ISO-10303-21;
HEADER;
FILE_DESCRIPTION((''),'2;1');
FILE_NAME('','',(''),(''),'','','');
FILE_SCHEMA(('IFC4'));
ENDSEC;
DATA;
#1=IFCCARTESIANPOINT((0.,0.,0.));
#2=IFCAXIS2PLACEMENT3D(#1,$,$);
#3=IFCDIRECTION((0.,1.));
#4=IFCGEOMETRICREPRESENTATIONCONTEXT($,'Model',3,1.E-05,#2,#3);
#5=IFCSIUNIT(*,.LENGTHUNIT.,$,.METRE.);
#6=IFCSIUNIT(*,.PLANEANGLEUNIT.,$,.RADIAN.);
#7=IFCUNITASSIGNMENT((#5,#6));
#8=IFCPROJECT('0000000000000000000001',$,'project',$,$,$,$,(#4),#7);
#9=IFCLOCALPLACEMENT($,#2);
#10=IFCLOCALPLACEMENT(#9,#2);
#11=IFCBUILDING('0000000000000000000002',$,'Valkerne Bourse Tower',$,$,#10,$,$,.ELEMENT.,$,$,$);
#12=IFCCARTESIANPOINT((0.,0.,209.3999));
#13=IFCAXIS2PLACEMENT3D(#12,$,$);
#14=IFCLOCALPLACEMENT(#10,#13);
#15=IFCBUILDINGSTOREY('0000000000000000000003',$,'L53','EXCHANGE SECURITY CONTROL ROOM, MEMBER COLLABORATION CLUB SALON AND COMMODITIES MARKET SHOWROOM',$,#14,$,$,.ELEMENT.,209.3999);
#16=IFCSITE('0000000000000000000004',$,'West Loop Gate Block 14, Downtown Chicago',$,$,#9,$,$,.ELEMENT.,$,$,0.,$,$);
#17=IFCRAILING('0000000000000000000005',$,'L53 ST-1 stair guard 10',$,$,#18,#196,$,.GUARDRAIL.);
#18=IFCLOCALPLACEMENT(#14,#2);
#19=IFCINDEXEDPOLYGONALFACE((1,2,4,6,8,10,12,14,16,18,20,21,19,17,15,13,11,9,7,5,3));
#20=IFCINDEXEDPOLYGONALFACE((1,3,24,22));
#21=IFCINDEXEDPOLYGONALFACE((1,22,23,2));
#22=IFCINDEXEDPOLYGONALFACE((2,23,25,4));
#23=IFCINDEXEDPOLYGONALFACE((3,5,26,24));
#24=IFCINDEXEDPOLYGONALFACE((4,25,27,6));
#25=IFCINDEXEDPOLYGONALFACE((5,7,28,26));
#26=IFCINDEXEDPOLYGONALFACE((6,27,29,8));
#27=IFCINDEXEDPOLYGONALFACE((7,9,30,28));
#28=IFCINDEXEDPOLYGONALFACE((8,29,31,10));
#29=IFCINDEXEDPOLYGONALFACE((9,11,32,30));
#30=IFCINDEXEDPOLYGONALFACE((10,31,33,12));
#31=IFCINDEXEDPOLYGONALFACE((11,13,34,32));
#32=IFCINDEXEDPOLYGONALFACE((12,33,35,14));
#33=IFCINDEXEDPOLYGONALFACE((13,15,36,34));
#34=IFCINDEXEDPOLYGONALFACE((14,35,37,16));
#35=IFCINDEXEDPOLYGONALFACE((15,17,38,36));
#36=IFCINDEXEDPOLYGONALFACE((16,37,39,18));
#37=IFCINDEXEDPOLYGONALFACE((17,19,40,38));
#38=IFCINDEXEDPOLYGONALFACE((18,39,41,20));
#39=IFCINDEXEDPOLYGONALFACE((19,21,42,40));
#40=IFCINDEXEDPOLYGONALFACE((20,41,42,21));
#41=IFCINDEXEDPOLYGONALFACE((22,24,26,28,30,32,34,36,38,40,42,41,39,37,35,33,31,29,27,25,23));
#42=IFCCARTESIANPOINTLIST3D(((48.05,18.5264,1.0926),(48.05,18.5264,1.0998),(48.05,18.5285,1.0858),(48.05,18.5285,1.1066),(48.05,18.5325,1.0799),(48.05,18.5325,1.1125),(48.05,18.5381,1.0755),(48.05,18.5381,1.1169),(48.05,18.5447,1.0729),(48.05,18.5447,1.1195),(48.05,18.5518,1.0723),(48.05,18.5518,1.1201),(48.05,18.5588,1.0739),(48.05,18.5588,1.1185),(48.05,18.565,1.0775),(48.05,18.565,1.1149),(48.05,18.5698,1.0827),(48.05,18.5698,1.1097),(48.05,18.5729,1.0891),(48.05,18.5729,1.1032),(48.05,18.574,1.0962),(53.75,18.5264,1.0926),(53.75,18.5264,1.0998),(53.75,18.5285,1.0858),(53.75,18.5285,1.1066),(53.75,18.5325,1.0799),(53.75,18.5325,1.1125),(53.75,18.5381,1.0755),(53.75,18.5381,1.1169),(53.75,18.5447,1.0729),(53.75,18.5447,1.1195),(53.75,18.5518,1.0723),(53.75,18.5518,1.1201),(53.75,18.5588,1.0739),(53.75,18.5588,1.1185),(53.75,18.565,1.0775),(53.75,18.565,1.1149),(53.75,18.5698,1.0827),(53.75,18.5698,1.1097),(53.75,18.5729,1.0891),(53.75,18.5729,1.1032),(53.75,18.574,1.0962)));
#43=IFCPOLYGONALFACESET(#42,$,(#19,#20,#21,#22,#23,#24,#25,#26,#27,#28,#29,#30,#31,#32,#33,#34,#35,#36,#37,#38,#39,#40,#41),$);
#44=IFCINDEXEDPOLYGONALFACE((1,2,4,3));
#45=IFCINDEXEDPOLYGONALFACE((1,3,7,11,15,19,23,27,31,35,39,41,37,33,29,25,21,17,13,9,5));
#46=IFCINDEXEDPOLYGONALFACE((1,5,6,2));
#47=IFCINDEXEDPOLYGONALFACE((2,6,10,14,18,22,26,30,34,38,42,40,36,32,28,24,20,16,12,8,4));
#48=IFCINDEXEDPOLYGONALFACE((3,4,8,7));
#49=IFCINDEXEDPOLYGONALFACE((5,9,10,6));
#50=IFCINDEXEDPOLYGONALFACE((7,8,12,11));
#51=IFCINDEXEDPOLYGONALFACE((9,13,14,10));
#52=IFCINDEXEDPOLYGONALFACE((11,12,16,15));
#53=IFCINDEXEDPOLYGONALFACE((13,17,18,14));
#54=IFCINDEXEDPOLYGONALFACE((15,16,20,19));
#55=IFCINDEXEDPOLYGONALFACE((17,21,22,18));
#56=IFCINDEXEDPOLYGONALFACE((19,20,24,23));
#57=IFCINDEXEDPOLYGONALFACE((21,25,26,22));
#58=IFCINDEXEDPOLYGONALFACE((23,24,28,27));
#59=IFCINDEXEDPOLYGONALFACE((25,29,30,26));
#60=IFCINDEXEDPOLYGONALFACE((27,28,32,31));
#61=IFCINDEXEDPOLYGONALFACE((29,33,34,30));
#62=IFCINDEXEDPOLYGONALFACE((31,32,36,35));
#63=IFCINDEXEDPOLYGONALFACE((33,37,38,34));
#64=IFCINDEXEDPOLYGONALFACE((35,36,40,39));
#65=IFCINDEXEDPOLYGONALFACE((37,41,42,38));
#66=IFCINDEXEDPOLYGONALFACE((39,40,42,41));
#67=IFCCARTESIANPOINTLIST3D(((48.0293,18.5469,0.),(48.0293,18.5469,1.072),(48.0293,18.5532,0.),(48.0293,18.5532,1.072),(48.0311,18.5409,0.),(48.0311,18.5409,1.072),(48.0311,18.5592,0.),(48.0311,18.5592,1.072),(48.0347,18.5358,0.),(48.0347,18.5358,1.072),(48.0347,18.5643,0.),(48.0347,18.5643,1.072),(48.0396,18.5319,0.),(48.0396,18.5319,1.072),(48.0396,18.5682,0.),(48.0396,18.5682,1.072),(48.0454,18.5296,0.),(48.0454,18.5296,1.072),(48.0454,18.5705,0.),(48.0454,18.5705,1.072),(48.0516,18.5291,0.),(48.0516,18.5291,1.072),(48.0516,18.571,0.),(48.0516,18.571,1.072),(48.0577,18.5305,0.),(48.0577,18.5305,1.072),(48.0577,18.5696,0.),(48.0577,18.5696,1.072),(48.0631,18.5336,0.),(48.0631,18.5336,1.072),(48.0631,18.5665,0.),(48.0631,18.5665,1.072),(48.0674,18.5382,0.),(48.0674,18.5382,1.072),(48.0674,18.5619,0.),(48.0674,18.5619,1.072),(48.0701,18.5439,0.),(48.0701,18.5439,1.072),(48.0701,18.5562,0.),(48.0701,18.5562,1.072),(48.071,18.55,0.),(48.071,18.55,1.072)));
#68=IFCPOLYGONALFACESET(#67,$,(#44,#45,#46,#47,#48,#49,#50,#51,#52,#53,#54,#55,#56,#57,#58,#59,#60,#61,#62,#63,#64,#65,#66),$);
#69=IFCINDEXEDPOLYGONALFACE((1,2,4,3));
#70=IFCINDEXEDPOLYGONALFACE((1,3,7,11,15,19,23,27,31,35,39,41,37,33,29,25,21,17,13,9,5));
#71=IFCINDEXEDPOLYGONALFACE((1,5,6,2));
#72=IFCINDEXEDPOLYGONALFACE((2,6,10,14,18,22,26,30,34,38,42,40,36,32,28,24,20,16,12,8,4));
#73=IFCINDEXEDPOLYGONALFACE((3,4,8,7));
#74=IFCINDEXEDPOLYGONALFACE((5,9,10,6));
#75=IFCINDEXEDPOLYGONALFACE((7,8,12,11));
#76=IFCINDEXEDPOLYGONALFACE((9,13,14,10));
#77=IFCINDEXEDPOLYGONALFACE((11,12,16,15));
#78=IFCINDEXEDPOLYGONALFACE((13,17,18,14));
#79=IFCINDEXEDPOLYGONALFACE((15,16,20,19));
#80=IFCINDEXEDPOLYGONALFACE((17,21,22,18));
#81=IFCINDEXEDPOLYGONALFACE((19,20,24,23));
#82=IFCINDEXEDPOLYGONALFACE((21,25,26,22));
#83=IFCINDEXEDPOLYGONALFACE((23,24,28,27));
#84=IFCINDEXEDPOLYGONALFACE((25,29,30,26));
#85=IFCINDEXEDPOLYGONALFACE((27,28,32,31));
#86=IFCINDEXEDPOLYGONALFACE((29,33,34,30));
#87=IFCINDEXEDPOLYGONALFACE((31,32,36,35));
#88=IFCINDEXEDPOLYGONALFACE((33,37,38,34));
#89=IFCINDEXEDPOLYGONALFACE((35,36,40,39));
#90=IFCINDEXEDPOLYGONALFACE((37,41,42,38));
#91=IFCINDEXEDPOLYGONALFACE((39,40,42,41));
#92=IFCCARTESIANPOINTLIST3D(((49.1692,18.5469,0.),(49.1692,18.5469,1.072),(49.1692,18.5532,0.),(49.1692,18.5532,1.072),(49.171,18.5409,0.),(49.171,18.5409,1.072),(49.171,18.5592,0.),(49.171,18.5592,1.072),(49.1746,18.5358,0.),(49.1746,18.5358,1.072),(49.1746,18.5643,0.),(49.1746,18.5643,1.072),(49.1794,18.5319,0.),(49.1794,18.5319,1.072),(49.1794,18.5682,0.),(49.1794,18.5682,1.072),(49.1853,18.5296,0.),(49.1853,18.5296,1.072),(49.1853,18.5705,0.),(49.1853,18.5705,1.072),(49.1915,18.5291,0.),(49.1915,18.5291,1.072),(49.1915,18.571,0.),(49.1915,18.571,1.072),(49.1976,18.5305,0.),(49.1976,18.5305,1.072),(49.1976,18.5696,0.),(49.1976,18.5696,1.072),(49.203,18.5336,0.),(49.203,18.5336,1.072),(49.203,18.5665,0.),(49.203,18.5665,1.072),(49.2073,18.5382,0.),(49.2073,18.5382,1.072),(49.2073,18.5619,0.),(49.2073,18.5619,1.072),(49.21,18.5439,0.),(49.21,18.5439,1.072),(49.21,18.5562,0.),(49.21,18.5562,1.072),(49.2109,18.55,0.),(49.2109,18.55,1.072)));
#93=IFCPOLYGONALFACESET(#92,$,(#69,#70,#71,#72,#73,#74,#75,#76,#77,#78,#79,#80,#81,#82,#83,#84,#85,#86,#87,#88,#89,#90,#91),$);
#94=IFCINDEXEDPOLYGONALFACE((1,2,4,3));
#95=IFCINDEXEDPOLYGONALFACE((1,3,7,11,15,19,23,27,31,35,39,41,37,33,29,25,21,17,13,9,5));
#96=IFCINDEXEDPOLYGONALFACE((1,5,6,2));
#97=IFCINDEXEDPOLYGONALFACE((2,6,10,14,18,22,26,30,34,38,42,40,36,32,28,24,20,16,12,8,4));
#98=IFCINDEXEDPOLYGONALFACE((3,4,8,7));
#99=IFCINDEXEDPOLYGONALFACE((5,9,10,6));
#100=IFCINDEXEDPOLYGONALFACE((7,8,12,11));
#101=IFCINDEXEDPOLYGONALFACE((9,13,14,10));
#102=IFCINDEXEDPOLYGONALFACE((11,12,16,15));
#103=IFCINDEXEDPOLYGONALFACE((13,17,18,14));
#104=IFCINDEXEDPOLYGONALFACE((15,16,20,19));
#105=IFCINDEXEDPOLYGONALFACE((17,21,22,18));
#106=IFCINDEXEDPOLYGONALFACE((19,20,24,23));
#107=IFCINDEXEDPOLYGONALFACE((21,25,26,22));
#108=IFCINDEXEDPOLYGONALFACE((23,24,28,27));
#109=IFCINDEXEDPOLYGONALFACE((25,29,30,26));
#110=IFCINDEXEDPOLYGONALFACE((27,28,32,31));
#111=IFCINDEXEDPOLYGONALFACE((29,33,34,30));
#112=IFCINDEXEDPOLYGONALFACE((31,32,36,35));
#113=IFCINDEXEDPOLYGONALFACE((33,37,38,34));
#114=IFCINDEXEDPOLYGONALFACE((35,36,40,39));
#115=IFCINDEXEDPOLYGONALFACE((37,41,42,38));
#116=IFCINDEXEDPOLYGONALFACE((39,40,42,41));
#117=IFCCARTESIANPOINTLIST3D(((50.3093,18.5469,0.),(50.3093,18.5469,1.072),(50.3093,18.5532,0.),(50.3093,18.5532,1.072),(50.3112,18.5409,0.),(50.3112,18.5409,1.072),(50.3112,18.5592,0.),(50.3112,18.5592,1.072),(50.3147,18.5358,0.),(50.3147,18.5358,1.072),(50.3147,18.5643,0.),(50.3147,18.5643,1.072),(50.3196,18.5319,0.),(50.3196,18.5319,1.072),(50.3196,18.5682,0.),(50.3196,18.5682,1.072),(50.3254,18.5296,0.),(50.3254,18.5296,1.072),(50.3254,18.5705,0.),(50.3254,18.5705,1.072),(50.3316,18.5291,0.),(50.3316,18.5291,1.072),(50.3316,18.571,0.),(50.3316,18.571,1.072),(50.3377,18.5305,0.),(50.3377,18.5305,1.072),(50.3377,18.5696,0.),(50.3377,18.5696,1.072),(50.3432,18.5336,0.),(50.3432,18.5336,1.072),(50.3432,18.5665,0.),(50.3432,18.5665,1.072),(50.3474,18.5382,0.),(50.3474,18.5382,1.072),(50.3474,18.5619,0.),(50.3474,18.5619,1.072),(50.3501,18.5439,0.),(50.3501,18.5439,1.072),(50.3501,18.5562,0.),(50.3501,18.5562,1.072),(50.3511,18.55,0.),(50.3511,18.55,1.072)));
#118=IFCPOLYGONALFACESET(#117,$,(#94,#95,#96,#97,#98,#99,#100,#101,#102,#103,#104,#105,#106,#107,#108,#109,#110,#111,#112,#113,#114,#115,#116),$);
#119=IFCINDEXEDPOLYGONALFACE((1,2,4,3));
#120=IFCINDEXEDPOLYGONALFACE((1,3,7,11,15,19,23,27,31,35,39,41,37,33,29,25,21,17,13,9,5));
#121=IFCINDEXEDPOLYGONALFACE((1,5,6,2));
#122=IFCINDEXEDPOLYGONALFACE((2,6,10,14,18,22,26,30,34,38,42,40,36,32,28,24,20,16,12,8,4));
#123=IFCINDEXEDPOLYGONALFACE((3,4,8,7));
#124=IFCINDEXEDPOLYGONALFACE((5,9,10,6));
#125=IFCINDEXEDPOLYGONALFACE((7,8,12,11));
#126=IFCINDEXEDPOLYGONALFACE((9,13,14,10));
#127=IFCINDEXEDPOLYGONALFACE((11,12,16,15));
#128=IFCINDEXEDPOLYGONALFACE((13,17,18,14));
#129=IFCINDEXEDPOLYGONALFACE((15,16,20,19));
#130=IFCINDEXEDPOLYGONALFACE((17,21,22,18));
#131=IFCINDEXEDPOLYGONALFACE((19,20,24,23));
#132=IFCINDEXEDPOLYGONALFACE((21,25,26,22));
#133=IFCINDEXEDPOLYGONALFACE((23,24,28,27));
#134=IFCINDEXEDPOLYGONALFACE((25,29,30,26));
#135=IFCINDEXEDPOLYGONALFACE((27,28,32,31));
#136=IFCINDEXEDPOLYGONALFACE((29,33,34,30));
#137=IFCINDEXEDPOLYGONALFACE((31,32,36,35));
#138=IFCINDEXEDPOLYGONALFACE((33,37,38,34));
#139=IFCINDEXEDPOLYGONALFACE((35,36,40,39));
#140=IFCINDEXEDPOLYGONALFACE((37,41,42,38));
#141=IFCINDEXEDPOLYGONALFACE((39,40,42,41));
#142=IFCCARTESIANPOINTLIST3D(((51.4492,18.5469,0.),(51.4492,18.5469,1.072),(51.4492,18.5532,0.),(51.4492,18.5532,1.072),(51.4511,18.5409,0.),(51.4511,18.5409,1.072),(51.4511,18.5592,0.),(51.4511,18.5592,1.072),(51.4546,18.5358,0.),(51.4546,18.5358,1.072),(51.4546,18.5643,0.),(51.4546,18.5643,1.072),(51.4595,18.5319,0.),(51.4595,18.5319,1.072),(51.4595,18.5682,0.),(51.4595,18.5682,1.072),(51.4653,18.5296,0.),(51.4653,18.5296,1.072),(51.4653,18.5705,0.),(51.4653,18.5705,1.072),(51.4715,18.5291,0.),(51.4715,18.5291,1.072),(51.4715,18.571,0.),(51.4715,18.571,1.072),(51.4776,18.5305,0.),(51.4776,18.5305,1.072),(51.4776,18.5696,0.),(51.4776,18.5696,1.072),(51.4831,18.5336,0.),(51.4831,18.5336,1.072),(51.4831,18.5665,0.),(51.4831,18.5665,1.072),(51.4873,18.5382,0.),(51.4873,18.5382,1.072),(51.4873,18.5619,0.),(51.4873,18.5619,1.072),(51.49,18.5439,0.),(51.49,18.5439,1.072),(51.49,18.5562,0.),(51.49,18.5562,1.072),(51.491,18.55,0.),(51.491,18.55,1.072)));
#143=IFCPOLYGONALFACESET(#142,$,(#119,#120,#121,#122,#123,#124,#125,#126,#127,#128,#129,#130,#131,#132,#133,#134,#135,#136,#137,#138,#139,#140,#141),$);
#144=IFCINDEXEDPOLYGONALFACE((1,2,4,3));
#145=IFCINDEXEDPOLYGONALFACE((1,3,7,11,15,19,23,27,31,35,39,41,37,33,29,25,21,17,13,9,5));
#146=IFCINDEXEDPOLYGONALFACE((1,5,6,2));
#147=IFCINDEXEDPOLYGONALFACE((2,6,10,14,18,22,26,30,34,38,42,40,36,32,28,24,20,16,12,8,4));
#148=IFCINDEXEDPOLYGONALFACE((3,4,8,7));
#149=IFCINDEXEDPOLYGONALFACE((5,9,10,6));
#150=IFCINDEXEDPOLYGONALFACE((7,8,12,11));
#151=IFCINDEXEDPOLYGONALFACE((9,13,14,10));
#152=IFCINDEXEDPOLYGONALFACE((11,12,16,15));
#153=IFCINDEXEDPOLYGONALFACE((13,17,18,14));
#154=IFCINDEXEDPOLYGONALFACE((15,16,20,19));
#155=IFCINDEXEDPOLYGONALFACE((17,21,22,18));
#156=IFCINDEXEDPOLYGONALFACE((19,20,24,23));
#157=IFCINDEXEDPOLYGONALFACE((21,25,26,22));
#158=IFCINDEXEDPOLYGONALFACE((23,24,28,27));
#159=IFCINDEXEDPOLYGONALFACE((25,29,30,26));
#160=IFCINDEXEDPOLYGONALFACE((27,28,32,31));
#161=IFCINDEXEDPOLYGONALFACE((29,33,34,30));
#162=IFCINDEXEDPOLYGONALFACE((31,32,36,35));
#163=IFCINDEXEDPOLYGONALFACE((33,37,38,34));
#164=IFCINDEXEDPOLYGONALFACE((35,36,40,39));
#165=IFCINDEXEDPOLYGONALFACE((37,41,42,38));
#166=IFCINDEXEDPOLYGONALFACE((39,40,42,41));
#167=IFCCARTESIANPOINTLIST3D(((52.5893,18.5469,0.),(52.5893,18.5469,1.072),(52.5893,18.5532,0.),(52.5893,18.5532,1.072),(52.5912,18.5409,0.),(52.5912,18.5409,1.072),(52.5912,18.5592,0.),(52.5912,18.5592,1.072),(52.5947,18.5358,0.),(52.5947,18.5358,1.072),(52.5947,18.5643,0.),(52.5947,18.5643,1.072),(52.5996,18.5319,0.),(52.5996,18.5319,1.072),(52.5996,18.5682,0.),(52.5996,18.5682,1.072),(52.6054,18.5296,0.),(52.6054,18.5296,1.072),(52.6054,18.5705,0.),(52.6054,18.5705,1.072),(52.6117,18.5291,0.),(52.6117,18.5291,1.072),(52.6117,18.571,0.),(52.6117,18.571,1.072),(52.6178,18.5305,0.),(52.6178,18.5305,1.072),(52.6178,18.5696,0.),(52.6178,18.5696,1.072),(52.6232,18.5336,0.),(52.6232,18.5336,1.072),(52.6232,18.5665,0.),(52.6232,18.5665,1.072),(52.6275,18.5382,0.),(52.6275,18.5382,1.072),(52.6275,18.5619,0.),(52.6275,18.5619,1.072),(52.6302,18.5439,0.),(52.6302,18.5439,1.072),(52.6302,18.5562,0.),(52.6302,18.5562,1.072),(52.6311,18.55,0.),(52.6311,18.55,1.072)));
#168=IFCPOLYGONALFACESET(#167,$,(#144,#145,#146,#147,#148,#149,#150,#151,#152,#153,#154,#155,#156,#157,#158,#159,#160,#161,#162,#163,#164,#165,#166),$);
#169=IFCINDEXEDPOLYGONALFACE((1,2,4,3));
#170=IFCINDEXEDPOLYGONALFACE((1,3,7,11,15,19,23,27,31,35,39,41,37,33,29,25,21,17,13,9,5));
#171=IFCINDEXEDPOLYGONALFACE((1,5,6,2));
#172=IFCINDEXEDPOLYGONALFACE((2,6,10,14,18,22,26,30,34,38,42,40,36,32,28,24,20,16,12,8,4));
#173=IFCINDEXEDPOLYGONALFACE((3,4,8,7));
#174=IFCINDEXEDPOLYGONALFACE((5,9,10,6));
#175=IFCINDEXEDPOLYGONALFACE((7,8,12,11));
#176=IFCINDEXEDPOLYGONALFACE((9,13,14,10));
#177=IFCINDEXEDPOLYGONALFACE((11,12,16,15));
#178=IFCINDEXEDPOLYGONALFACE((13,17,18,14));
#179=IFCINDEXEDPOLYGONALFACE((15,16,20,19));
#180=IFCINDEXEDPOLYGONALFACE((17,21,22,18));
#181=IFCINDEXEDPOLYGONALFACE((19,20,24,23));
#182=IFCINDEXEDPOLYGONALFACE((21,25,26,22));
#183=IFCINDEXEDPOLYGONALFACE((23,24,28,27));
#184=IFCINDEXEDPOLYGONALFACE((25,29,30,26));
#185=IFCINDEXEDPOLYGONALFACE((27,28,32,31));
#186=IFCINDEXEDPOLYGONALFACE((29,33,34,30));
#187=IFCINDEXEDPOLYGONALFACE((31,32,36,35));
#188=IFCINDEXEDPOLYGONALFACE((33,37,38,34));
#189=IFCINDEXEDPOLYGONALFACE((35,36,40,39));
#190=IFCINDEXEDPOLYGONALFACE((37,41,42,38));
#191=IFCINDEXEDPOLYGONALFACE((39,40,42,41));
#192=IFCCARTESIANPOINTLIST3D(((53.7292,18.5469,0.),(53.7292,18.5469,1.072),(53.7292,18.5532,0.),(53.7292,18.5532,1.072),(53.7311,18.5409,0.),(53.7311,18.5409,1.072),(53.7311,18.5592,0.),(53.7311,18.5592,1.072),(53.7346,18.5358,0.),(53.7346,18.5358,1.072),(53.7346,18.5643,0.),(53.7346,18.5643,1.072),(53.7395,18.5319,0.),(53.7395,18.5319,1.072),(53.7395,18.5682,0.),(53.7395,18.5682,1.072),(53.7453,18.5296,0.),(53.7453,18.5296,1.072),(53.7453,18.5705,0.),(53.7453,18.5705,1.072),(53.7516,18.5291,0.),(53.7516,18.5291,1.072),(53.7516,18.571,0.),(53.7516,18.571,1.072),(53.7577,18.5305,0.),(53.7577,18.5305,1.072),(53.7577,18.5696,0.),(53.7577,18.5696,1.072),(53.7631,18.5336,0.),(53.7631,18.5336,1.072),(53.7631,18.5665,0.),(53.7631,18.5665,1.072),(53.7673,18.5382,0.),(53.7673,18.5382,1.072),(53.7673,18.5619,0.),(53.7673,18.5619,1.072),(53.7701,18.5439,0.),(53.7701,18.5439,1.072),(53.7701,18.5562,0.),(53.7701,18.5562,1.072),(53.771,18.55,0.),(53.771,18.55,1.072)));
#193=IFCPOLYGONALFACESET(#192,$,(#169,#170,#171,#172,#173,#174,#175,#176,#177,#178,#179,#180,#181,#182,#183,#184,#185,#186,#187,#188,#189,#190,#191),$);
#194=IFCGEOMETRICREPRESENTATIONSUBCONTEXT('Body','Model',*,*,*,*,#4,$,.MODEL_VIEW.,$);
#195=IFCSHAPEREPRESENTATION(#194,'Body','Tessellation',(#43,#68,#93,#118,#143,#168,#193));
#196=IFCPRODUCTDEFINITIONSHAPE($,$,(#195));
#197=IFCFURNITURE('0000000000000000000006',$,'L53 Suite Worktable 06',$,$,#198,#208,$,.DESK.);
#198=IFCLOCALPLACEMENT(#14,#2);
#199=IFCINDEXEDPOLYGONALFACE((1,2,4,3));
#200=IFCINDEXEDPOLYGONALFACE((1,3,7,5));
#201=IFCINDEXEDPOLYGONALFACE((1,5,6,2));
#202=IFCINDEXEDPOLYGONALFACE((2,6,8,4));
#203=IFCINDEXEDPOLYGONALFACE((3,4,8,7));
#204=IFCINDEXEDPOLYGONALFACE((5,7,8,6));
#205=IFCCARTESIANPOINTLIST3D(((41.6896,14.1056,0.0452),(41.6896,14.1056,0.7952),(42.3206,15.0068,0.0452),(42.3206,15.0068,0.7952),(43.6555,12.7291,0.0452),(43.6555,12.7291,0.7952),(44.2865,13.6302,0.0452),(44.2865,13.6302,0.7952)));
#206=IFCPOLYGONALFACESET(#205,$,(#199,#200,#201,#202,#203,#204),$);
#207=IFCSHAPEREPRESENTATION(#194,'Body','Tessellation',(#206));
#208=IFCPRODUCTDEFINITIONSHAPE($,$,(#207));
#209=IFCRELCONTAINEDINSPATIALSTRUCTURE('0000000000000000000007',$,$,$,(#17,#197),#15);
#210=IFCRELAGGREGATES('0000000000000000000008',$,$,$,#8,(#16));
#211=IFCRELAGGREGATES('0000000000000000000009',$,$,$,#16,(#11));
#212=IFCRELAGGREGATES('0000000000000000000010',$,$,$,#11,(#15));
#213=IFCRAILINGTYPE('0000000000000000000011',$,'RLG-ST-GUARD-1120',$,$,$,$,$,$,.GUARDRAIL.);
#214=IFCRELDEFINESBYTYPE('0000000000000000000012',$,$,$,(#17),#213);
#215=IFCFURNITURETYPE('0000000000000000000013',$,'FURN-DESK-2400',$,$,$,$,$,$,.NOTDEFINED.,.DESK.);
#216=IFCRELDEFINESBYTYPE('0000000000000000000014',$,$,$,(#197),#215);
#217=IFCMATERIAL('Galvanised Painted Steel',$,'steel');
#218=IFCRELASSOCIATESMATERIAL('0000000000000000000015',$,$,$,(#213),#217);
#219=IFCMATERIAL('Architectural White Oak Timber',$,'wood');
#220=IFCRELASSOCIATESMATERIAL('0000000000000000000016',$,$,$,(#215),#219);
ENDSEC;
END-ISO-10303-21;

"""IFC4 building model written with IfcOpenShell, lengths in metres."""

from ifc_helpers import new_model, si_unit, direction, frame, origin, origin_2d, place, context, subcontext, project, spatial, rectangle, circle, extrude, material, type_object, element, save


model = new_model("IFC4")

# Units and contexts
model_context = context("Model", 3, precision=1e-05, world=origin(), true_north=direction((0.0, 1.0)))
body_context = subcontext(model_context, "Body", "Model", "MODEL_VIEW")
ifc_project = project(units=[si_unit("LENGTHUNIT", "METRE"), si_unit("PLANEANGLEUNIT", "RADIAN")], contexts=[model_context])

# Site, building, storey
site_placement = place(None, origin())
site = spatial("IfcSite", under=ifc_project, at=site_placement, Name="West Loop Gate Block 14, Downtown Chicago", CompositionType="ELEMENT", RefElevation=0.0)
building_placement = place(site_placement, origin())
building = spatial("IfcBuilding", under=site, at=building_placement, Name="Valkerne Bourse Tower", CompositionType="ELEMENT")
storey_placement = place(building_placement, frame((0.0, 0.0, 209.3999)))
storey = spatial("IfcBuildingStorey", under=building, at=storey_placement, Name="L53", Description="EXCHANGE SECURITY CONTROL ROOM, MEMBER COLLABORATION CLUB SALON AND COMMODITIES MARKET SHOWROOM", CompositionType="ELEMENT", Elevation=209.3999)

# Railing
ifc_material_1 = material(Name="Galvanised Painted Steel", Category="steel")
railing_type = type_object("IfcRailingType", Name="RLG-ST-GUARD-1120", PredefinedType="GUARDRAIL", material=ifc_material_1)
railing_placement = place(storey_placement, frame((48.05, 18.55, 0.0)))
element("IfcRailing", 1, at=railing_placement, inside=storey, type_object=railing_type, Name="L53 ST-1 stair guard 10", PredefinedType="GUARDRAIL", context=body_context, shape_type="SweptSolid", body=[
    extrude(circle(Radius=0.0239, at=origin_2d()), frame((0.0, 0.0, 1.0962), z_axis=(1.0, 0.0, 0.0), x_axis=(0.0, 1.0, 0.0)), (0.0, 0.0, 1.0), 5.7),
    extrude(circle(Radius=0.021, at=origin_2d()), origin(), (0.0, 0.0, 1.0), 1.072),
    extrude(circle(Radius=0.021, at=origin_2d()), frame((1.1399, 0.0, 0.0)), (0.0, 0.0, 1.0), 1.072),
    extrude(circle(Radius=0.021, at=origin_2d()), frame((2.28, 0.0, 0.0)), (0.0, 0.0, 1.0), 1.072),
    extrude(circle(Radius=0.021, at=origin_2d()), frame((3.4199, 0.0, 0.0)), (0.0, 0.0, 1.0), 1.072),
    extrude(circle(Radius=0.021, at=origin_2d()), frame((4.5601, 0.0, 0.0)), (0.0, 0.0, 1.0), 1.072),
    extrude(circle(Radius=0.021, at=origin_2d()), frame((5.7, 0.0, 0.0)), (0.0, 0.0, 1.0), 1.072),
])

# Furniture
ifc_material_2 = material(Name="Architectural White Oak Timber", Category="wood")
furniture_type = type_object("IfcFurnitureType", Name="FURN-DESK-2400", AssemblyPlace="NOTDEFINED", PredefinedType="DESK", material=ifc_material_2)
furniture_placement = place(storey_placement, frame((42.988, 13.8679, 0.0452), z_axis=(0.0, 0.0, 1.0), x_axis=(-0.819152, 0.573576, 0.0)))
element("IfcFurniture", 2, at=furniture_placement, inside=storey, type_object=furniture_type, Name="L53 Suite Worktable 06", PredefinedType="DESK", context=body_context, shape_type="SweptSolid", body=[
    extrude(rectangle(XDim=2.3999, YDim=1.1001, at=origin_2d()), origin(), (0.0, 0.0, 1.0), 0.75),
])

save(model, "model.ifc")
